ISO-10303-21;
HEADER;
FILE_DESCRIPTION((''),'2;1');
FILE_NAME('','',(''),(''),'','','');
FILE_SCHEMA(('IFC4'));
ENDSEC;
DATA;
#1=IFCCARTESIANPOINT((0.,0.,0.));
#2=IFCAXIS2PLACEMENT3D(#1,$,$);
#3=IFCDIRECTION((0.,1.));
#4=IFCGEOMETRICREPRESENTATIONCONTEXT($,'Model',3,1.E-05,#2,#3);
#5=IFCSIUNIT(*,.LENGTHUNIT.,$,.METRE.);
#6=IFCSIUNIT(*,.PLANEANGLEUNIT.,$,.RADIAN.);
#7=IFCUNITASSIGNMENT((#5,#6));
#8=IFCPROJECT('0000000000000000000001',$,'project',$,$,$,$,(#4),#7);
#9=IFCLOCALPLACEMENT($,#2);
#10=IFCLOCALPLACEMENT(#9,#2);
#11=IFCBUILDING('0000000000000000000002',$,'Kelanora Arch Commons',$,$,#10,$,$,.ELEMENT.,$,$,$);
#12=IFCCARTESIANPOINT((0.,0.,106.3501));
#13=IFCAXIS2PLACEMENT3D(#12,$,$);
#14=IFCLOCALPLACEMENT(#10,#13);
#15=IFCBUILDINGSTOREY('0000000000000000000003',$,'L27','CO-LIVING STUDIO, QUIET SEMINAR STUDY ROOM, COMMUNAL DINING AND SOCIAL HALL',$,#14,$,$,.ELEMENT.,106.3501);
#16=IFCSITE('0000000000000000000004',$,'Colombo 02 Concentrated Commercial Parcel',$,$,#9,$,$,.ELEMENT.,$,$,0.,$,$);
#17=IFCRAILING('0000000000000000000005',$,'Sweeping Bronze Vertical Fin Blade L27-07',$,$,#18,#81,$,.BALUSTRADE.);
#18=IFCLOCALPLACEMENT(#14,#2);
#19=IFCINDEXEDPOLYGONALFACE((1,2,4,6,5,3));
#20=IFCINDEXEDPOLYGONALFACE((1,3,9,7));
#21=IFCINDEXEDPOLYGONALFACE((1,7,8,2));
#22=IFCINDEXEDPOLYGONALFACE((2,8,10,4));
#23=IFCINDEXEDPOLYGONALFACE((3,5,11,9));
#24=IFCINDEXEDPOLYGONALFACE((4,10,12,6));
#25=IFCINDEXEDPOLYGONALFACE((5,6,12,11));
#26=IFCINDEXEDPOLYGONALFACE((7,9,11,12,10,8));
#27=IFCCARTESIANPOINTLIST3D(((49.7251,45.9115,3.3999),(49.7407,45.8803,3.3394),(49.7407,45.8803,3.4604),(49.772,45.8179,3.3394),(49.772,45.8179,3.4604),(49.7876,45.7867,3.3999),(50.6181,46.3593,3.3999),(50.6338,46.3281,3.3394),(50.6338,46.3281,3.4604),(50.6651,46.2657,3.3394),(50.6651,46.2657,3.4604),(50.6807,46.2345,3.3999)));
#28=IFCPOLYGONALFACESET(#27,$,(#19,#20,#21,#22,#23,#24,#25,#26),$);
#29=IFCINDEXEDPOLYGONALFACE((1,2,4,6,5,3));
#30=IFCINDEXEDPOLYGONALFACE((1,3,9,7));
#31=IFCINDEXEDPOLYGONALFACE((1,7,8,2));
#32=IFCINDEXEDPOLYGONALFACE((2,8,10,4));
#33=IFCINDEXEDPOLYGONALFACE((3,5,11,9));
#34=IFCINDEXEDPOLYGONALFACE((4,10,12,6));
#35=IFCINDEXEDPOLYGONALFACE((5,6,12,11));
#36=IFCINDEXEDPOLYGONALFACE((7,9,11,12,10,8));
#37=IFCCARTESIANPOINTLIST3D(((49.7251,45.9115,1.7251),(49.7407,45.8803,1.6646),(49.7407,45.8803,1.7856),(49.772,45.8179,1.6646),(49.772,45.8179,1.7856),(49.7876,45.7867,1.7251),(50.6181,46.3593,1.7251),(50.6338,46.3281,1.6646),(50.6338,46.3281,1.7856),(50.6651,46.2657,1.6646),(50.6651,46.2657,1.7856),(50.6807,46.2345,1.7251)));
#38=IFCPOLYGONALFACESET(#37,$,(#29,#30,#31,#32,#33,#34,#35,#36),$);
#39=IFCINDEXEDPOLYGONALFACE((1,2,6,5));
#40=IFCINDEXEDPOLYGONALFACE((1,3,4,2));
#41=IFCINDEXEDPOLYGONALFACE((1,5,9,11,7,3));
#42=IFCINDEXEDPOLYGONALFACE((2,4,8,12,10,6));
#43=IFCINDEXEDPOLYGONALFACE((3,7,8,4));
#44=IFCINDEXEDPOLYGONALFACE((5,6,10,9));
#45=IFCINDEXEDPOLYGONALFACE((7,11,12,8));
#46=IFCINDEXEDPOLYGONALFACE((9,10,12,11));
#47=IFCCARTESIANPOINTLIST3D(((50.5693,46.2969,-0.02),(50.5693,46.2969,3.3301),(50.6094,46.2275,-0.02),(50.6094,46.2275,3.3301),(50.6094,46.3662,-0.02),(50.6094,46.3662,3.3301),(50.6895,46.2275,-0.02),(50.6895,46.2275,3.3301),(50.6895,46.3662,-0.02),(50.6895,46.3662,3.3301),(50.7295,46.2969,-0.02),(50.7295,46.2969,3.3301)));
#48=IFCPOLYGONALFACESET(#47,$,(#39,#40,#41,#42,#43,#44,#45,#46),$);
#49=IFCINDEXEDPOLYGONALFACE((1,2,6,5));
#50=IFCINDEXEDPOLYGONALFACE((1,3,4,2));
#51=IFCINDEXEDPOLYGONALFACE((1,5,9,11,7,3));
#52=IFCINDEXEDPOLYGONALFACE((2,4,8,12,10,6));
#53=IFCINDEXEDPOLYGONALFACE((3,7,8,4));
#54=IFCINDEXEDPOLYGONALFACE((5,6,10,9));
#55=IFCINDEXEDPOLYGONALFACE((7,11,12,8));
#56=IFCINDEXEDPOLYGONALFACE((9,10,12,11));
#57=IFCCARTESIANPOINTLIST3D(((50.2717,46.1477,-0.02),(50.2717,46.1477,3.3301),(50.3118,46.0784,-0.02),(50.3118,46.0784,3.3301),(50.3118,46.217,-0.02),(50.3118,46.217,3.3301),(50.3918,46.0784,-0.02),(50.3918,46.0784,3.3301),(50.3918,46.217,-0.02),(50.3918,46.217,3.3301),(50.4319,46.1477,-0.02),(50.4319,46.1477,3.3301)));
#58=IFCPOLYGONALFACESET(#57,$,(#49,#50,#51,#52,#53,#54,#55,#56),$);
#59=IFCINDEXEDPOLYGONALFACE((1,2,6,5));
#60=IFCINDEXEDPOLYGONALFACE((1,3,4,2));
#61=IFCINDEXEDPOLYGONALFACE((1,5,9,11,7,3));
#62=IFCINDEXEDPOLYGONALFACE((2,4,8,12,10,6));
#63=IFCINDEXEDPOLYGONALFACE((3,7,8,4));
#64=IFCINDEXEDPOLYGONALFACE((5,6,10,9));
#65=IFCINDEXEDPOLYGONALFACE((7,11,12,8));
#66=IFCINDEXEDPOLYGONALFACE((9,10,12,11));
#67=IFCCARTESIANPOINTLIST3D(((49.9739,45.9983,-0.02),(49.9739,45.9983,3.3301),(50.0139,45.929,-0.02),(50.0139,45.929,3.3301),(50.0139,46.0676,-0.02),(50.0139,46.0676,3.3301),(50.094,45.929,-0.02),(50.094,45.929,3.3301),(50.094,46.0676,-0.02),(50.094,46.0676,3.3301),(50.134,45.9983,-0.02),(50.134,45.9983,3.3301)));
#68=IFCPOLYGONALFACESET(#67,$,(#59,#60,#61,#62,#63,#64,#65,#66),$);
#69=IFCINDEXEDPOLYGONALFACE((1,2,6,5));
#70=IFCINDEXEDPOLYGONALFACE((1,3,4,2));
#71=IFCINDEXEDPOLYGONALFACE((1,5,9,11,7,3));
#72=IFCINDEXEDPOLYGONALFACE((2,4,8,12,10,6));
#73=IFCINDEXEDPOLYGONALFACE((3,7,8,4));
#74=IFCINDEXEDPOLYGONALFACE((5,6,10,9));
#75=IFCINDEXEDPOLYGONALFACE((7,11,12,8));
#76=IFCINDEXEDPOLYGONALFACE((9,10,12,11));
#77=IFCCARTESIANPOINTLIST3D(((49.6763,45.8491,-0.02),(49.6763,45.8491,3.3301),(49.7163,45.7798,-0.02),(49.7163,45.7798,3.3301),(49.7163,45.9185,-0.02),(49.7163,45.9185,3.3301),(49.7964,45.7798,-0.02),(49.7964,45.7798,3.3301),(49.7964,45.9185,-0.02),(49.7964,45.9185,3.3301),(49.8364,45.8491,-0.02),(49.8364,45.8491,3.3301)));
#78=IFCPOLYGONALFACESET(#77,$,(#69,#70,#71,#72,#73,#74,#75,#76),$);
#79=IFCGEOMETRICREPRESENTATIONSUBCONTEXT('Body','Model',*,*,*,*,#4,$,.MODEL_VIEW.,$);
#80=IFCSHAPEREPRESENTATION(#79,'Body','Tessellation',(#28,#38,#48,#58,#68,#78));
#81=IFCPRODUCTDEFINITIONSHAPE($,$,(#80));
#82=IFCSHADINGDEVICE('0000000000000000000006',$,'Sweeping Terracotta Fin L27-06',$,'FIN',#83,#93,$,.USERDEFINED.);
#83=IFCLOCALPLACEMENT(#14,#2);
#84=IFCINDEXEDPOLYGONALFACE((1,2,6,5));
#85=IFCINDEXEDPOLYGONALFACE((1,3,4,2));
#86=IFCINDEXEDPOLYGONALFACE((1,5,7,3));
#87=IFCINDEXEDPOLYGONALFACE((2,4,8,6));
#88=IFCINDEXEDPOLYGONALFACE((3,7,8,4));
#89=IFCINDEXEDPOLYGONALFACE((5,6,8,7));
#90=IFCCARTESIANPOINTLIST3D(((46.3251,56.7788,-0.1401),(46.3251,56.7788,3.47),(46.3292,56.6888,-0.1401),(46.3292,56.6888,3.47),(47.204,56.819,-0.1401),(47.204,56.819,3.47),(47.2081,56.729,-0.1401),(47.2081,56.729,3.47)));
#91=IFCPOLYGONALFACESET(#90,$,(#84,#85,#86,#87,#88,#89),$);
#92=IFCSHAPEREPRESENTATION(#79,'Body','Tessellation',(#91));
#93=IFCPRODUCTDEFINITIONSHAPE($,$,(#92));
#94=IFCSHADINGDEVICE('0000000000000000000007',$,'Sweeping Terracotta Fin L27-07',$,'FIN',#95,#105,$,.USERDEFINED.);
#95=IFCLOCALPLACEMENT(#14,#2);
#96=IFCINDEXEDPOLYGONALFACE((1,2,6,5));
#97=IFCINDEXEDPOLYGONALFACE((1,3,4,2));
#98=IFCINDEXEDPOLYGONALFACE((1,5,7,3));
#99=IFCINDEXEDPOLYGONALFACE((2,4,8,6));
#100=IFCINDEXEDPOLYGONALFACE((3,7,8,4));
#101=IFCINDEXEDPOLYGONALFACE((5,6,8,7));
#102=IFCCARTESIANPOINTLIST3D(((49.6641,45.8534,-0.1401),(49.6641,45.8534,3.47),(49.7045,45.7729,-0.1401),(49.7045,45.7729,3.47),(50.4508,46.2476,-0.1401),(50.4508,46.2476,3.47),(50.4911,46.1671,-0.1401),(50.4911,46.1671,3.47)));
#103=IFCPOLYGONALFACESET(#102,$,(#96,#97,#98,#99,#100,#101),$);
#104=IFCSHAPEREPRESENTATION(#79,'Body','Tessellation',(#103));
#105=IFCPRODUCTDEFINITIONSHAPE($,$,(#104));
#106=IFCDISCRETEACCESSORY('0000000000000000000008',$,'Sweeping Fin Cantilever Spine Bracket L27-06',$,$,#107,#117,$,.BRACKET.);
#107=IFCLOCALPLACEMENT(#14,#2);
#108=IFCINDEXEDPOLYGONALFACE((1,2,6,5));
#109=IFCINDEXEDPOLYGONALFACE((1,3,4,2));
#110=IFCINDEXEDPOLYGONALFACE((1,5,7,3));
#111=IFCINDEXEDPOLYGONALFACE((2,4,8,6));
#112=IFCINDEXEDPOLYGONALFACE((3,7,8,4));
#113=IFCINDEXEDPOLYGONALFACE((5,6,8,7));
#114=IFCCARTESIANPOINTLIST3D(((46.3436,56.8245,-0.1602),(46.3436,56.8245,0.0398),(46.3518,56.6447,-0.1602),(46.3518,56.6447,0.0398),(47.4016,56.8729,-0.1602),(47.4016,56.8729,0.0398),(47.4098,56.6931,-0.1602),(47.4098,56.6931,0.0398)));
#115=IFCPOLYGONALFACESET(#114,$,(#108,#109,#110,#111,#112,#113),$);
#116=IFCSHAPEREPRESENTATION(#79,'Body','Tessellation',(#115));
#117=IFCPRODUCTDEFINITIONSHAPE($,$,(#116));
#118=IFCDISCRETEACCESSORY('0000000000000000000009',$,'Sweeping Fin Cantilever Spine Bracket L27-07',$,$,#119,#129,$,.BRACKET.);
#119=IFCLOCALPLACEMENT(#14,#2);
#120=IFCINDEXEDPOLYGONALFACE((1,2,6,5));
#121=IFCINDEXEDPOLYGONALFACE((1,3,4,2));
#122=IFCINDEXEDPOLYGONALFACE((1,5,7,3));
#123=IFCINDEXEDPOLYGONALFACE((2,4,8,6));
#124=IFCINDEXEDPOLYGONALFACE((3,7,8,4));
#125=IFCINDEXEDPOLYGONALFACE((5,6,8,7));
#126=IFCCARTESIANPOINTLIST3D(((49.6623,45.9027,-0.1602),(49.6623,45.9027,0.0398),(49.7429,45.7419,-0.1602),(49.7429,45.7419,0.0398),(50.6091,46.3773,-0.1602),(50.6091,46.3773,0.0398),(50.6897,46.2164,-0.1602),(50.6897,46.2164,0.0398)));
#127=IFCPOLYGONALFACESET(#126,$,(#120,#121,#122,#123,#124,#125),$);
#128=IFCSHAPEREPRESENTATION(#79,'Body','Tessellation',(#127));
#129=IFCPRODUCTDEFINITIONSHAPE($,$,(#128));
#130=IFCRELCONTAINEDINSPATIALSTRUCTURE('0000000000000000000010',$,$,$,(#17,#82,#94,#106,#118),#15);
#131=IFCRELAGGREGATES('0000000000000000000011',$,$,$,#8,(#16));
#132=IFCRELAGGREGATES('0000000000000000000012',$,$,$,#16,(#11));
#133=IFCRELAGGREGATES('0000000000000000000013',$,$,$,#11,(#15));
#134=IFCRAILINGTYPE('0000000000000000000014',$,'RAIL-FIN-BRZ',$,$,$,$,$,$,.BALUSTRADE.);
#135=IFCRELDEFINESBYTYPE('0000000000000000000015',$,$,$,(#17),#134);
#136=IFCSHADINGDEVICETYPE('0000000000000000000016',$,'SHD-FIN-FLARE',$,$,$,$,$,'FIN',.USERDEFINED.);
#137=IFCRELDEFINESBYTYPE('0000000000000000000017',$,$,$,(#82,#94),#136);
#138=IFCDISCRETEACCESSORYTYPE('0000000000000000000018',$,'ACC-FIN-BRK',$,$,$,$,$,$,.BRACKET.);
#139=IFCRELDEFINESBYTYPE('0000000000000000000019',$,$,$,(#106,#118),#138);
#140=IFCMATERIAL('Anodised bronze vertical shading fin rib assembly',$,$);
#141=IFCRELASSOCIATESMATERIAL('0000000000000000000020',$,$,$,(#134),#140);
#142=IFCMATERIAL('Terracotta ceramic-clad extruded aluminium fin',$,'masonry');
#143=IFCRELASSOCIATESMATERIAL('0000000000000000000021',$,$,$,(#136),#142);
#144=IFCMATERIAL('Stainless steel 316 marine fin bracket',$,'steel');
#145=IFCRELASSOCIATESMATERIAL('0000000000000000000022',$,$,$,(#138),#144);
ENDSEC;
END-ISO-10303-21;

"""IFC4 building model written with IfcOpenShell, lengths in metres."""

from ifc_helpers import new_model, si_unit, direction, frame, origin, origin_2d, place, context, subcontext, project, spatial, polyline, rectangle, outline, extrude, source, transform, mapped, material, type_object, element, save


model = new_model("IFC4")

# Units and contexts
model_context = context("Model", 3, precision=1e-05, world=origin(), true_north=direction((0.0, 1.0)))
body_context = subcontext(model_context, "Body", "Model", "MODEL_VIEW")
ifc_project = project(units=[si_unit("LENGTHUNIT", "METRE"), si_unit("PLANEANGLEUNIT", "RADIAN")], contexts=[model_context])

# Site, building, storey
site_placement = place(None, origin())
site = spatial("IfcSite", under=ifc_project, at=site_placement, Name="Colombo 02 Concentrated Commercial Parcel", CompositionType="ELEMENT", RefElevation=0.0)
building_placement = place(site_placement, origin())
building = spatial("IfcBuilding", under=site, at=building_placement, Name="Kelanora Arch Commons", CompositionType="ELEMENT")
storey_placement = place(building_placement, frame((0.0, 0.0, 106.3501)))
storey = spatial("IfcBuildingStorey", under=building, at=storey_placement, Name="L27", Description="CO-LIVING STUDIO, QUIET SEMINAR STUDY ROOM, COMMUNAL DINING AND SOCIAL HALL", CompositionType="ELEMENT", Elevation=106.3501)

# Railing
ifc_material_1 = material(Name="Anodised bronze vertical shading fin rib assembly")
railing_type = type_object("IfcRailingType", Name="RAIL-FIN-BRZ", PredefinedType="BALUSTRADE", material=ifc_material_1)
railing_1_placement = place(storey_placement, frame((50.6494, 46.2969, -0.02)))
element("IfcRailing", 1, at=railing_1_placement, inside=storey, type_object=railing_type, Name="Sweeping Bronze Vertical Fin Blade L27-07", PredefinedType="BALUSTRADE", context=body_context, shape_type="SweptSolid", body=[
    extrude(outline(polyline([(0.0698, 0.0), (0.0349, 0.0605), (-0.0349, 0.0605), (-0.0698, 0.0), (-0.0349, -0.0605), (0.0349, -0.0605), (0.0698, 0.0)])), frame((0.0, 0.0, 3.4199), z_axis=(-0.893938, -0.448191, 0.0), x_axis=(0.448191, -0.893938, 0.0)), (0.0, 0.0, 1.0), 0.999),
    extrude(outline(polyline([(0.0698, 0.0), (0.0349, 0.0605), (-0.0349, 0.0605), (-0.0698, 0.0), (-0.0349, -0.0605), (0.0349, -0.0605), (0.0698, 0.0)])), frame((0.0, 0.0, 1.7451), z_axis=(-0.893938, -0.448191, 0.0), x_axis=(0.448191, -0.893938, 0.0)), (0.0, 0.0, 1.0), 0.999),
    extrude(outline(polyline([(0.0801, 0.0), (0.04, 0.0693), (-0.04, 0.0693), (-0.0801, 0.0), (-0.04, -0.0693), (0.04, -0.0693), (0.0801, 0.0)])), origin(), (0.0, 0.0, 1.0), 3.3501),
    extrude(outline(polyline([(0.0801, 0.0), (0.04, 0.0693), (-0.04, 0.0693), (-0.0801, 0.0), (-0.04, -0.0693), (0.04, -0.0693), (0.0801, 0.0)])), frame((-0.2976, -0.1492, 0.0)), (0.0, 0.0, 1.0), 3.3501),
    extrude(outline(polyline([(0.0801, 0.0), (0.04, 0.0693), (-0.04, 0.0693), (-0.0801, 0.0), (-0.04, -0.0693), (0.04, -0.0693), (0.0801, 0.0)])), frame((-0.5955, -0.2986, 0.0)), (0.0, 0.0, 1.0), 3.3501),
    extrude(outline(polyline([(0.0801, 0.0), (0.04, 0.0693), (-0.04, 0.0693), (-0.0801, 0.0), (-0.04, -0.0693), (0.04, -0.0693), (0.0801, 0.0)])), frame((-0.8931, -0.4478, 0.0)), (0.0, 0.0, 1.0), 3.3501),
])

# Shading devices
ifc_material_2 = material(Name="Terracotta ceramic-clad extruded aluminium fin", Category="masonry")
shading_device_type = type_object("IfcShadingDeviceType", Name="SHD-FIN-FLARE", ElementType="FIN", PredefinedType="USERDEFINED", material=ifc_material_2)
shared_shape_1 = source(origin(), body_context, "Body", "SweptSolid", [
    extrude(rectangle(XDim=0.8799, YDim=0.0901, at=origin_2d()), origin(), (0.0, 0.0, 1.0), 3.6101),
])
for number, where, z_axis, x_axis, name in (
    (2, (46.7666, 56.7539, -0.1401), (0.0, 0.0, 1.0), (-0.998955, -0.045712, 0.0), "Sweeping Terracotta Fin L27-06"),
    (3, (50.0776, 46.0103, -0.1401), (0.0, 0.0, 1.0), (-0.893998, -0.448071, 0.0), "Sweeping Terracotta Fin L27-07"),
):
    element("IfcShadingDevice", number, at=place(storey_placement, frame(where, z_axis=z_axis, x_axis=x_axis)), inside=storey, type_object=shading_device_type, Name=name, ObjectType="FIN", PredefinedType="USERDEFINED", context=body_context, shape_type="MappedRepresentation", body=[
        mapped(shared_shape_1, transform((0.0, 0.0, 0.0), scale=1.0)),
    ])

# Discrete accessories
ifc_material_3 = material(Name="Stainless steel 316 marine fin bracket", Category="steel")
discrete_accessory_type = type_object("IfcDiscreteAccessoryType", Name="ACC-FIN-BRK", PredefinedType="BRACKET", material=ifc_material_3)
shared_shape_2 = source(origin(), body_context, "Body", "SweptSolid", [
    extrude(rectangle(XDim=1.0591, YDim=0.1799, at=origin_2d()), origin(), (0.0, 0.0, 1.0), 0.2),
])
for number, where, z_axis, x_axis, name in (
    (4, (46.8767, 56.7588, -0.1602), (0.0, 0.0, 1.0), (-0.998955, -0.045712, 0.0), "Sweeping Fin Cantilever Spine Bracket L27-06"),
    (5, (50.176, 46.0596, -0.1602), (0.0, 0.0, 1.0), (-0.893998, -0.448071, 0.0), "Sweeping Fin Cantilever Spine Bracket L27-07"),
):
    element("IfcDiscreteAccessory", number, at=place(storey_placement, frame(where, z_axis=z_axis, x_axis=x_axis)), inside=storey, type_object=discrete_accessory_type, Name=name, PredefinedType="BRACKET", context=body_context, shape_type="MappedRepresentation", body=[
        mapped(shared_shape_2, transform((0.0, 0.0, 0.0), scale=1.0)),
    ])

save(model, "model.ifc")
